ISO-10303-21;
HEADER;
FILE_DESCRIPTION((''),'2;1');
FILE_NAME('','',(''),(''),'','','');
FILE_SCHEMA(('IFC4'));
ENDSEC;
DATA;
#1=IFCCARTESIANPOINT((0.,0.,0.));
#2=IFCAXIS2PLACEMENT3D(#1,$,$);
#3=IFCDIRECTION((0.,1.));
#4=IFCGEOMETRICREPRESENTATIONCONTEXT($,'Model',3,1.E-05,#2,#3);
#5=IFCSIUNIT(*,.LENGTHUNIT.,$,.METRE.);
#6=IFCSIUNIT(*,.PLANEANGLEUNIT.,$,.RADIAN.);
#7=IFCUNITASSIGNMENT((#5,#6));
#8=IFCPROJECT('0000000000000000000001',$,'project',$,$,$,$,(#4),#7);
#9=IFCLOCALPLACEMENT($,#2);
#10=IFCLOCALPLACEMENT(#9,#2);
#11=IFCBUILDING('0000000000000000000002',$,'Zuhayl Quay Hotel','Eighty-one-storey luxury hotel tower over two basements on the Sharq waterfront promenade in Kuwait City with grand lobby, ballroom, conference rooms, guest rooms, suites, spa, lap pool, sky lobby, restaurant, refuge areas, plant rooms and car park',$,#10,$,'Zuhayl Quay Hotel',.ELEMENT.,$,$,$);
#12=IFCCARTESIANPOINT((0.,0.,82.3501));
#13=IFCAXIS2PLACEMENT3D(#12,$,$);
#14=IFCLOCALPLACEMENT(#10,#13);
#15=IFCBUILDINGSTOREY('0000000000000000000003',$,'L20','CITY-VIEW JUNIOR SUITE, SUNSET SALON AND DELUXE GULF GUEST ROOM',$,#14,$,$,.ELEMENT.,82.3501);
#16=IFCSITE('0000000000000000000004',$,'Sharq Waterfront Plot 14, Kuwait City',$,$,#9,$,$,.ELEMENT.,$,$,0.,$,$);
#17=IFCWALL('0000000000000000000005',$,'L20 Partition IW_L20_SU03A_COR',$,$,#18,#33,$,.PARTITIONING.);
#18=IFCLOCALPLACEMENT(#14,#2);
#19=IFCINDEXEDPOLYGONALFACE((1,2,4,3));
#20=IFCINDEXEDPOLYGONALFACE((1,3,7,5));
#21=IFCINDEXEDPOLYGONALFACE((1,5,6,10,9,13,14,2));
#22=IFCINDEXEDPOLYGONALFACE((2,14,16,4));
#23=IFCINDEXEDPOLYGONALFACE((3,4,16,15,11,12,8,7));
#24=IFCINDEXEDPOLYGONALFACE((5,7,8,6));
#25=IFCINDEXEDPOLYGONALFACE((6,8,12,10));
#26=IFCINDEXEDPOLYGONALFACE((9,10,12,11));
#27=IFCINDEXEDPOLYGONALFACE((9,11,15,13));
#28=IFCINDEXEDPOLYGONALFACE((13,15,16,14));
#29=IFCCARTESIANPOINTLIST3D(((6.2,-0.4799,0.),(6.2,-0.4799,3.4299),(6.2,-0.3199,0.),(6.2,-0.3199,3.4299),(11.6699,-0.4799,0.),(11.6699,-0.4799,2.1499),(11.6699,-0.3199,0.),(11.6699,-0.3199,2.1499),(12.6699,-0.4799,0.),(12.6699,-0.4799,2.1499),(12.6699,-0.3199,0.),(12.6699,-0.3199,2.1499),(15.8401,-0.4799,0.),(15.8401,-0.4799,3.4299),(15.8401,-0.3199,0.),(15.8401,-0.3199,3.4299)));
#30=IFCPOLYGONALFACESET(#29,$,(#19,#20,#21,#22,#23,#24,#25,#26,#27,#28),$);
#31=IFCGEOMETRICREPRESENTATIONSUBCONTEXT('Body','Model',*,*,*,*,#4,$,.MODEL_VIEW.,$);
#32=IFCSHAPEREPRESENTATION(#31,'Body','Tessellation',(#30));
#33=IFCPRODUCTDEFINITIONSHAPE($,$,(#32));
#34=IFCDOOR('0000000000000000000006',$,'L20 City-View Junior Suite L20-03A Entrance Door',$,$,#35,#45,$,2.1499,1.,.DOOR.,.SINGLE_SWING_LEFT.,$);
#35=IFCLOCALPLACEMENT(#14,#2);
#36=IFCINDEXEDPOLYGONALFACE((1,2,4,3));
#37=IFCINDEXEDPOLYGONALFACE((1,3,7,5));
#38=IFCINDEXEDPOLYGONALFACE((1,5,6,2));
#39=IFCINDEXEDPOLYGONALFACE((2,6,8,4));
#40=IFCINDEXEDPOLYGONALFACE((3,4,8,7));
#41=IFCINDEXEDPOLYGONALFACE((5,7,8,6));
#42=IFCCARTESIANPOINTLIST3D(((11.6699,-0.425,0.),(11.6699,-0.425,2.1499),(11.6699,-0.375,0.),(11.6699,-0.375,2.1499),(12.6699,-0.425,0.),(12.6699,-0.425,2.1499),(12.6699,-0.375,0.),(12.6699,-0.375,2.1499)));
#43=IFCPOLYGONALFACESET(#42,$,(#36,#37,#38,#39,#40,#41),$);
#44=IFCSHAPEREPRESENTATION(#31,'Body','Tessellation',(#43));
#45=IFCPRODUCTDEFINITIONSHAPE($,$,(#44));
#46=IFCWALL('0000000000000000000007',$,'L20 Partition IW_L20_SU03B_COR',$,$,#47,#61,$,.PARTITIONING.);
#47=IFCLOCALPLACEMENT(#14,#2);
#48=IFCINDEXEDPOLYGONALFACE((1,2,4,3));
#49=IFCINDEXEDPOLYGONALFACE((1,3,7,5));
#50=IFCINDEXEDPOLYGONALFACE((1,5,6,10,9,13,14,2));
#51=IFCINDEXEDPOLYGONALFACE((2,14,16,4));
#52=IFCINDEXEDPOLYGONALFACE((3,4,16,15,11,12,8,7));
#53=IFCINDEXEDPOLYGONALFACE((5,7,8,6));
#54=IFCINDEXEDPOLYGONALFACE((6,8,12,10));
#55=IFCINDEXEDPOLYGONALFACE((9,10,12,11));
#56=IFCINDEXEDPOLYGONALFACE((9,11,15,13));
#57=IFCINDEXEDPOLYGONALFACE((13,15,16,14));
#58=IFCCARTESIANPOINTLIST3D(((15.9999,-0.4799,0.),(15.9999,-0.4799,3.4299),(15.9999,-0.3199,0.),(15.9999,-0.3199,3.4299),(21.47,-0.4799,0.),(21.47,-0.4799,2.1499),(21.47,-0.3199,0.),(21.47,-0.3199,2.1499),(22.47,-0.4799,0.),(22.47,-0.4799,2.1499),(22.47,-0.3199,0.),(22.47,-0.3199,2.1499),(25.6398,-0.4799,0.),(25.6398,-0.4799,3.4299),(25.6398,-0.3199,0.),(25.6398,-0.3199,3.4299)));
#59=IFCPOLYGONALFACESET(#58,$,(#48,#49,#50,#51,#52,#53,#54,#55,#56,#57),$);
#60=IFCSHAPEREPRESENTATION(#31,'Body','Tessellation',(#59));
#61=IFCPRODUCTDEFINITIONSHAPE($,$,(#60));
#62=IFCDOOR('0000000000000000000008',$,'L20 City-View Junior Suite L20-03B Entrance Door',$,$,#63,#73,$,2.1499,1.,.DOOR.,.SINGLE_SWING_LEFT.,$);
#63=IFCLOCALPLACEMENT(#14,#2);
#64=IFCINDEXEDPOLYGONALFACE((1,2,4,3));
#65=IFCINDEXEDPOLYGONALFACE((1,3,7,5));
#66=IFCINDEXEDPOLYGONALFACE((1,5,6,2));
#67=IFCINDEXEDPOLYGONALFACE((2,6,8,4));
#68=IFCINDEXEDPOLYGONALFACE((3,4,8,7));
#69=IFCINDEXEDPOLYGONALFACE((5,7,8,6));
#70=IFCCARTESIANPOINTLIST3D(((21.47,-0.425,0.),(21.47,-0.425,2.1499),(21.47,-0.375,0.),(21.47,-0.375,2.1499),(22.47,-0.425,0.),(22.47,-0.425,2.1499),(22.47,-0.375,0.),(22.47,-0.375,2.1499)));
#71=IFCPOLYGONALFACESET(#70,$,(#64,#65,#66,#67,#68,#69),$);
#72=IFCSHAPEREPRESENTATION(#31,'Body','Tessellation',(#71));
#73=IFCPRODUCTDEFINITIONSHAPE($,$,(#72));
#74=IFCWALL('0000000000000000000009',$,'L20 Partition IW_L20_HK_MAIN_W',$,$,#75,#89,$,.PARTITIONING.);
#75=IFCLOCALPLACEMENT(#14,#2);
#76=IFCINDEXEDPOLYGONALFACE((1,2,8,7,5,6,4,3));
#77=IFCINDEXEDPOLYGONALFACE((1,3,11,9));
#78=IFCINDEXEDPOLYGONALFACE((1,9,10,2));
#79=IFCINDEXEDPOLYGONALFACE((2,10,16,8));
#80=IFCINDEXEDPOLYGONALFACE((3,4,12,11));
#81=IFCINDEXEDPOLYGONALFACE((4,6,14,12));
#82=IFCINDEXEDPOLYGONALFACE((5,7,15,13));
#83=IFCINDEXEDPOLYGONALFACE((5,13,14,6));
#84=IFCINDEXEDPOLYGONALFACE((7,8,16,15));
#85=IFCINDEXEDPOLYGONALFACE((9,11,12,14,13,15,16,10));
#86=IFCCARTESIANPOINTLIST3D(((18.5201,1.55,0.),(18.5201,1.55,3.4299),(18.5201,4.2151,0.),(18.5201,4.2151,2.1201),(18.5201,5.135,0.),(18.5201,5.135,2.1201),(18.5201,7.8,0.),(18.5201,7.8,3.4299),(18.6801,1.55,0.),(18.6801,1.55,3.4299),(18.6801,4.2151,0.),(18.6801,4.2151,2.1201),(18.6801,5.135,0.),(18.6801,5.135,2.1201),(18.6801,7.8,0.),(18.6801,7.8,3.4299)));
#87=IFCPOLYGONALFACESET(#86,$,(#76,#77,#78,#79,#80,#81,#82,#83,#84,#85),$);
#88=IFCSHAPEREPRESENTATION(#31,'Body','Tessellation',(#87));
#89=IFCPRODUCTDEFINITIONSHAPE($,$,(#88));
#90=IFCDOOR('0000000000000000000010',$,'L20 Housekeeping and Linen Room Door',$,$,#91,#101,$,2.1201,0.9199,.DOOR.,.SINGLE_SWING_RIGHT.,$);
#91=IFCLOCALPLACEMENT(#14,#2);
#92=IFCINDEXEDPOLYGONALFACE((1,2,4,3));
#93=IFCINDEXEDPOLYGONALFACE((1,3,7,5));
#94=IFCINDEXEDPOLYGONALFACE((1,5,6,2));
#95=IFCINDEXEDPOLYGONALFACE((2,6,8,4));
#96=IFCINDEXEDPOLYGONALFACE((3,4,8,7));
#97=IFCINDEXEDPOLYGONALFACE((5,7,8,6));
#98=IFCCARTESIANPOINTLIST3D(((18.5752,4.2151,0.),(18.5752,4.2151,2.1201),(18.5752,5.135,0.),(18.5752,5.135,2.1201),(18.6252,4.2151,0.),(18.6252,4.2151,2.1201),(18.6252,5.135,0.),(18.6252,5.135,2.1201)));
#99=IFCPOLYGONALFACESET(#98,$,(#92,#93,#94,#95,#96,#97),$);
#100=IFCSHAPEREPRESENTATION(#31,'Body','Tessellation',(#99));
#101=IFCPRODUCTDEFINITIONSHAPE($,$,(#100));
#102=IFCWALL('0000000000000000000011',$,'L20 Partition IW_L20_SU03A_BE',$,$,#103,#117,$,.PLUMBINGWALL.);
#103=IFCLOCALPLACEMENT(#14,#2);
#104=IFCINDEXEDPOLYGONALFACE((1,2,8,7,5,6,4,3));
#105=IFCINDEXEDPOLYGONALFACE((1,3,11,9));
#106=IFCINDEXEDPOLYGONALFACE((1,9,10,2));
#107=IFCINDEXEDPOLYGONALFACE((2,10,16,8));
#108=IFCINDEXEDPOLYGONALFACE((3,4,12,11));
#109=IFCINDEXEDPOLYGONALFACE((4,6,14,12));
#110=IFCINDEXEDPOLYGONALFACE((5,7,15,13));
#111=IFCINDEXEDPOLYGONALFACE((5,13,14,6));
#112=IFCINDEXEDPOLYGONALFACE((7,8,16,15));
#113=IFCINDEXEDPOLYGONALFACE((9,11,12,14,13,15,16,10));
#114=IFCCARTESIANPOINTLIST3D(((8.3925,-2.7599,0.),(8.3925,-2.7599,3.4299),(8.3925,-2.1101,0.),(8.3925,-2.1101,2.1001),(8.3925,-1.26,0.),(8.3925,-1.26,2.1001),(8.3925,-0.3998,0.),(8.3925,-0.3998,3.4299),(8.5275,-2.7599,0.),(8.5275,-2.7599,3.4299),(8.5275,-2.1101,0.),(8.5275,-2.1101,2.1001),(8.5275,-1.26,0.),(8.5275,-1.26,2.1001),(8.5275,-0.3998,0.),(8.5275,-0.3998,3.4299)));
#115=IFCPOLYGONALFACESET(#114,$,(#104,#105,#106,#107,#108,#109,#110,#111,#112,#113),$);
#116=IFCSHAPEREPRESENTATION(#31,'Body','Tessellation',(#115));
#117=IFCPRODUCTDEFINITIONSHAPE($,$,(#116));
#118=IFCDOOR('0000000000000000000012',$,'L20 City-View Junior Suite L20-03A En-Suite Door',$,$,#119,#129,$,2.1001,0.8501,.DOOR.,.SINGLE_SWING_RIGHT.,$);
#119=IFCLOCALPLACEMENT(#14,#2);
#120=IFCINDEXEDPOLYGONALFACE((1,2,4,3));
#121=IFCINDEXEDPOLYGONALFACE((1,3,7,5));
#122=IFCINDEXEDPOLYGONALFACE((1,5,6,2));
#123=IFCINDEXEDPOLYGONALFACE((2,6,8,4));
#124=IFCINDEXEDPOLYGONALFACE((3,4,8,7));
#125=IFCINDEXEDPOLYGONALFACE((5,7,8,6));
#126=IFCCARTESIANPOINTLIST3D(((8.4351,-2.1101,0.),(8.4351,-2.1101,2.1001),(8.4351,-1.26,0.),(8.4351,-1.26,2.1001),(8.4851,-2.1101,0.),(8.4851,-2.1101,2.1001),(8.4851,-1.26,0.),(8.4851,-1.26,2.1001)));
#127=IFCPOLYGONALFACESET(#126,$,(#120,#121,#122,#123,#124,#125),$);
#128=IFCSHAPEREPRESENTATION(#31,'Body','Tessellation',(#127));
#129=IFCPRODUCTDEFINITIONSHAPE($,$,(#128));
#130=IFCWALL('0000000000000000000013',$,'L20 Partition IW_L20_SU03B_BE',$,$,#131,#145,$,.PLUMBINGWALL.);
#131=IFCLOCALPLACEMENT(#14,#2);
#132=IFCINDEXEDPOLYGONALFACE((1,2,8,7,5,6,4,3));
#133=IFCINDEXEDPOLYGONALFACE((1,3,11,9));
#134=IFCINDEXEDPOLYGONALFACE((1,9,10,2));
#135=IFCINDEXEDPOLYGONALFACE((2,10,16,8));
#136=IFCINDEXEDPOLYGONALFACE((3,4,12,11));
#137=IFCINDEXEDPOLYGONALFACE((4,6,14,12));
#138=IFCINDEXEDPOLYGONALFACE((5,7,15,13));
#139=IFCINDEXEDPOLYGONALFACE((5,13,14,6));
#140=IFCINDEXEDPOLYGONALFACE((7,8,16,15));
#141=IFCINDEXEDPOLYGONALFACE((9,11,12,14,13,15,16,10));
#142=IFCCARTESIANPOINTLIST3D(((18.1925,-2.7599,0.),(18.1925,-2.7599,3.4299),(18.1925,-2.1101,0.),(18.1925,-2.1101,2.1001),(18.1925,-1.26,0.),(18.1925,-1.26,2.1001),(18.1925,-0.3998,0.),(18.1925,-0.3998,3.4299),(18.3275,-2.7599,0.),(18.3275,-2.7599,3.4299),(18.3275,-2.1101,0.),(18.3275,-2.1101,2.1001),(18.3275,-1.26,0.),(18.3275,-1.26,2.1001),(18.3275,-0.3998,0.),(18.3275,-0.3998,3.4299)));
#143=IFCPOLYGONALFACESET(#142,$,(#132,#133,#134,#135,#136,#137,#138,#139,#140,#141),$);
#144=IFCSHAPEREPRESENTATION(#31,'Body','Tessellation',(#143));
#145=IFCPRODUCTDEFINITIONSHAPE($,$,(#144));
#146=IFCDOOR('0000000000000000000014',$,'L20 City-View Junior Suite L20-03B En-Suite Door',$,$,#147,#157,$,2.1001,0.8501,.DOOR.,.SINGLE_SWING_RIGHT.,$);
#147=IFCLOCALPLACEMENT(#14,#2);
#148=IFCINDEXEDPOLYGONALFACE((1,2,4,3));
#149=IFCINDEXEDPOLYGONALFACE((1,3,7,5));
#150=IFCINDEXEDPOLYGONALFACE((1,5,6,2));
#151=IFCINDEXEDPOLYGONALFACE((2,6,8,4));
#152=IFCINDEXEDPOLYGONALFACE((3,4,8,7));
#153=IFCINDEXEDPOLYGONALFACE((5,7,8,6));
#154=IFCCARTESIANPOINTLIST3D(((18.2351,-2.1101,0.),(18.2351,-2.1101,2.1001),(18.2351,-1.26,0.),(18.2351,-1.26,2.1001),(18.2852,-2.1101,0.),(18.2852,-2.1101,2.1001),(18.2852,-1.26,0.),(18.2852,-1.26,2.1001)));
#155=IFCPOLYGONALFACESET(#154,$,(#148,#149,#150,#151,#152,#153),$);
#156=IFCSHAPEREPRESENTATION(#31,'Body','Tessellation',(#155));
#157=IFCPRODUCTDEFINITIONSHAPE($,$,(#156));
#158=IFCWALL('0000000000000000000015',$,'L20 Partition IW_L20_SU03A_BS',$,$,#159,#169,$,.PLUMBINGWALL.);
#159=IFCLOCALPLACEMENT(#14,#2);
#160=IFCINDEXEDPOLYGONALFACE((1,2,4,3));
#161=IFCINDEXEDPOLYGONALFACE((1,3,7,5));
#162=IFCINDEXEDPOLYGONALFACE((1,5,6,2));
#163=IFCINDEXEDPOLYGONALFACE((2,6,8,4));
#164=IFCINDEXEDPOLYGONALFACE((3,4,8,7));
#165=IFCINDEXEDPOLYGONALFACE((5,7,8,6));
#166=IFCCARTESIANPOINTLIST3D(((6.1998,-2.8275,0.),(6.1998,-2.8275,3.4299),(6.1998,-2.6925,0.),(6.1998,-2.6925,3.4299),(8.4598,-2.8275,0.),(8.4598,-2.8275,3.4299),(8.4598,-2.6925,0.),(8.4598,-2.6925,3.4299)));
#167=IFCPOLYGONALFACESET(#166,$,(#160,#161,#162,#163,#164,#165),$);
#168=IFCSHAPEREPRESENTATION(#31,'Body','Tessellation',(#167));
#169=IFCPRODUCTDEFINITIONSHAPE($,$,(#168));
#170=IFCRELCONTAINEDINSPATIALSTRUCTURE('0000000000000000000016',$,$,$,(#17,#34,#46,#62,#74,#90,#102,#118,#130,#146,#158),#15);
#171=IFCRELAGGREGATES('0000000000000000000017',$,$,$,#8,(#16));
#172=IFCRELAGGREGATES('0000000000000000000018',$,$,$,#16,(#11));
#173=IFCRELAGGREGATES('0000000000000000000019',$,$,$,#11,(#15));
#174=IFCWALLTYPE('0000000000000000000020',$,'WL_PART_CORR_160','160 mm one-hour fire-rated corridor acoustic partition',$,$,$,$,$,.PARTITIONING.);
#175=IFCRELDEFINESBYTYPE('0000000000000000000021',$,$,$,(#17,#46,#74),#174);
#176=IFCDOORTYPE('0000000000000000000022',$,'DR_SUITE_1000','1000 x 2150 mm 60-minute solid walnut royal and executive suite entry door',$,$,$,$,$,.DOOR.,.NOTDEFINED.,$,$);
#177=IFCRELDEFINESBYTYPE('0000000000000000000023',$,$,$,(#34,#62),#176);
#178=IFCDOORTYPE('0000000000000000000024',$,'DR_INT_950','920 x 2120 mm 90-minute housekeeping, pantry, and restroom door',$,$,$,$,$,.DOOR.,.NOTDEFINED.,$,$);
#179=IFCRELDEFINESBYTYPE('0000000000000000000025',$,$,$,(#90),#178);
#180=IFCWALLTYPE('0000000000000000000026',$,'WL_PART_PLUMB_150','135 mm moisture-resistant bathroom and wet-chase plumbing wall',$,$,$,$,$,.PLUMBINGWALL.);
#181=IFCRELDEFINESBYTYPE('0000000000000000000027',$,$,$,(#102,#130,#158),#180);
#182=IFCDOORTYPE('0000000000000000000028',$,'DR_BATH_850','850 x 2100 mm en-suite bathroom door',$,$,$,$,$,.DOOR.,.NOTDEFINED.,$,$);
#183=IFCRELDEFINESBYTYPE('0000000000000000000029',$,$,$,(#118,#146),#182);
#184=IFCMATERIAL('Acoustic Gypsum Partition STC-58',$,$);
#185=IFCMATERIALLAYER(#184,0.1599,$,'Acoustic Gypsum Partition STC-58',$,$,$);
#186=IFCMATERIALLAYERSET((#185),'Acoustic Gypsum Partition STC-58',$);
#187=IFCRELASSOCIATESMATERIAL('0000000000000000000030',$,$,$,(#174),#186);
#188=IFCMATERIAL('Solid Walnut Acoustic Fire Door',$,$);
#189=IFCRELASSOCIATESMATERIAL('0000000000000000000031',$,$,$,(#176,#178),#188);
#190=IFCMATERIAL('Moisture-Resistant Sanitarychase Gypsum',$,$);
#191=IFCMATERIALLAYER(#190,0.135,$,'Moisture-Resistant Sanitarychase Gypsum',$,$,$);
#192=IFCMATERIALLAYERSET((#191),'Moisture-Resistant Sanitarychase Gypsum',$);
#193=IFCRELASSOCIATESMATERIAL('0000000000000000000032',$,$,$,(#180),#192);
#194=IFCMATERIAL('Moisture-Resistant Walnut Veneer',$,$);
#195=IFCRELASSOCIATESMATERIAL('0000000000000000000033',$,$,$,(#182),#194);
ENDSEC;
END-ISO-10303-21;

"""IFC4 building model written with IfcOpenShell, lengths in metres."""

from ifc_helpers import new_model, si_unit, direction, frame, frame_2d, origin, place, context, subcontext, project, spatial, rectangle, extrude, material, layer, layer_set, type_object, element, fill, save


model = new_model("IFC4")

# Units and contexts
model_context = context("Model", 3, precision=1e-05, world=origin(), true_north=direction((0.0, 1.0)))
body_context = subcontext(model_context, "Body", "Model", "MODEL_VIEW")
ifc_project = project(units=[si_unit("LENGTHUNIT", "METRE"), si_unit("PLANEANGLEUNIT", "RADIAN")], contexts=[model_context])

# Site, building, storey
site_placement = place(None, origin())
site = spatial("IfcSite", under=ifc_project, at=site_placement, Name="Sharq Waterfront Plot 14, Kuwait City", CompositionType="ELEMENT", RefElevation=0.0)
building_placement = place(site_placement, origin())
building = spatial("IfcBuilding", under=site, at=building_placement, Name="Zuhayl Quay Hotel", Description="Eighty-one-storey luxury hotel tower over two basements on the Sharq waterfront promenade in Kuwait City with grand lobby, ballroom, conference rooms, guest rooms, suites, spa, lap pool, sky lobby, restaurant, refuge areas, plant rooms and car park", LongName="Zuhayl Quay Hotel", CompositionType="ELEMENT")
storey_placement = place(building_placement, frame((0.0, 0.0, 82.3501)))
storey = spatial("IfcBuildingStorey", under=building, at=storey_placement, Name="L20", Description="CITY-VIEW JUNIOR SUITE, SUNSET SALON AND DELUXE GULF GUEST ROOM", CompositionType="ELEMENT", Elevation=82.3501)

# Shared definitions
ifc_material_1 = material(Name="Acoustic Gypsum Partition STC-58")

# Walls, openings, doors
ifc_layer_1 = layer(ifc_material_1, 0.1599, Name="Acoustic Gypsum Partition STC-58")
ifc_layer_set_1 = layer_set([ifc_layer_1], Name="Acoustic Gypsum Partition STC-58")
wall_type_1 = type_object("IfcWallType", Name="WL_PART_CORR_160", Description="160 mm one-hour fire-rated corridor acoustic partition", PredefinedType="PARTITIONING", material=ifc_layer_set_1)
wall_1_placement = place(storey_placement, frame((6.2, -0.3999, 0.0), z_axis=(0.0, 0.0, 1.0), x_axis=(1.0, 0.0, 0.0)))
wall_1 = element("IfcWall", 1, at=wall_1_placement, inside=storey, type_object=wall_type_1, Name="L20 Partition IW_L20_SU03A_COR", PredefinedType="PARTITIONING", context=body_context, shape_type="SweptSolid", body=[
    extrude(rectangle(XDim=9.6401, YDim=0.1599, at=frame_2d((4.8201, 0.0))), origin(), (0.0, 0.0, 1.0), 3.4299),
])
opening_1_placement = place(wall_1_placement, frame((5.47, 0.0, 0.0)))
opening_1 = element("IfcOpeningElement", 2, at=opening_1_placement, cuts=wall_1, PredefinedType="OPENING", context=body_context, shape_type="SweptSolid", body=[
    extrude(rectangle(XDim=1.0, YDim=2.1499, at=frame_2d((0.5, 1.075))), frame((0.0, 0.0898, 0.0), z_axis=(0.0, -1.0, 0.0), x_axis=(1.0, 0.0, 0.0)), (0.0, 0.0, 1.0), 0.1799),
])
ifc_material_2 = material(Name="Solid Walnut Acoustic Fire Door")
door_type_1 = type_object("IfcDoorType", Name="DR_SUITE_1000", Description="1000 x 2150 mm 60-minute solid walnut royal and executive suite entry door", OperationType="NOTDEFINED", PredefinedType="DOOR", material=ifc_material_2)
door_1_placement = place(opening_1_placement, origin())
door_1 = element("IfcDoor", 3, at=door_1_placement, inside=storey, type_object=door_type_1, Name="L20 City-View Junior Suite L20-03A Entrance Door", OperationType="SINGLE_SWING_LEFT", OverallHeight=2.1499, OverallWidth=1.0, PredefinedType="DOOR", context=body_context, shape_type="SweptSolid", body=[
    extrude(rectangle(XDim=1.0, YDim=2.1499, at=frame_2d((0.5, 1.075))), frame((0.0, 0.0249, 0.0), z_axis=(0.0, -1.0, 0.0), x_axis=(1.0, 0.0, 0.0)), (0.0, 0.0, 1.0), 0.05),
])
fill(opening_1, door_1)
wall_2_placement = place(storey_placement, frame((16.0, -0.3999, 0.0), z_axis=(0.0, 0.0, 1.0), x_axis=(1.0, 0.0, 0.0)))
wall_2 = element("IfcWall", 4, at=wall_2_placement, inside=storey, type_object=wall_type_1, Name="L20 Partition IW_L20_SU03B_COR", PredefinedType="PARTITIONING", context=body_context, shape_type="SweptSolid", body=[
    extrude(rectangle(XDim=9.6399, YDim=0.1599, at=frame_2d((4.8198, 0.0))), origin(), (0.0, 0.0, 1.0), 3.4299),
])
opening_2_placement = place(wall_2_placement, frame((5.47, 0.0, 0.0)))
opening_2 = element("IfcOpeningElement", 5, at=opening_2_placement, cuts=wall_2, PredefinedType="OPENING", context=body_context, shape_type="SweptSolid", body=[
    extrude(rectangle(XDim=1.0, YDim=2.1499, at=frame_2d((0.5, 1.075))), frame((0.0, 0.0898, 0.0), z_axis=(0.0, -1.0, 0.0), x_axis=(1.0, 0.0, 0.0)), (0.0, 0.0, 1.0), 0.1799),
])
door_2_placement = place(opening_2_placement, origin())
door_2 = element("IfcDoor", 6, at=door_2_placement, inside=storey, type_object=door_type_1, Name="L20 City-View Junior Suite L20-03B Entrance Door", OperationType="SINGLE_SWING_LEFT", OverallHeight=2.1499, OverallWidth=1.0, PredefinedType="DOOR", context=body_context, shape_type="SweptSolid", body=[
    extrude(rectangle(XDim=1.0, YDim=2.1499, at=frame_2d((0.5, 1.075))), frame((0.0, 0.0249, 0.0), z_axis=(0.0, -1.0, 0.0), x_axis=(1.0, 0.0, 0.0)), (0.0, 0.0, 1.0), 0.05),
])
fill(opening_2, door_2)
wall_3_placement = place(storey_placement, frame((18.6001, 1.55, 0.0), z_axis=(0.0, 0.0, 1.0), x_axis=(0.0, 1.0, 0.0)))
wall_3 = element("IfcWall", 7, at=wall_3_placement, inside=storey, type_object=wall_type_1, Name="L20 Partition IW_L20_HK_MAIN_W", PredefinedType="PARTITIONING", context=body_context, shape_type="SweptSolid", body=[
    extrude(rectangle(XDim=6.25, YDim=0.1599, at=frame_2d((3.125, 0.0))), origin(), (0.0, 0.0, 1.0), 3.4299),
])
opening_3_placement = place(wall_3_placement, frame((2.665, 0.0, 0.0)))
opening_3 = element("IfcOpeningElement", 8, at=opening_3_placement, cuts=wall_3, PredefinedType="OPENING", context=body_context, shape_type="SweptSolid", body=[
    extrude(rectangle(XDim=0.9199, YDim=2.1201, at=frame_2d((0.46, 1.0601))), frame((0.0, 0.0898, 0.0), z_axis=(0.0, -1.0, 0.0), x_axis=(1.0, 0.0, 0.0)), (0.0, 0.0, 1.0), 0.1799),
])
door_type_2 = type_object("IfcDoorType", Name="DR_INT_950", Description="920 x 2120 mm 90-minute housekeeping, pantry, and restroom door", OperationType="NOTDEFINED", PredefinedType="DOOR", material=ifc_material_2)
door_3_placement = place(opening_3_placement, origin())
door_3 = element("IfcDoor", 9, at=door_3_placement, inside=storey, type_object=door_type_2, Name="L20 Housekeeping and Linen Room Door", OperationType="SINGLE_SWING_RIGHT", OverallHeight=2.1201, OverallWidth=0.9199, PredefinedType="DOOR", context=body_context, shape_type="SweptSolid", body=[
    extrude(rectangle(XDim=0.9199, YDim=2.1201, at=frame_2d((0.46, 1.0601))), frame((0.0, 0.0249, 0.0), z_axis=(0.0, -1.0, 0.0), x_axis=(1.0, 0.0, 0.0)), (0.0, 0.0, 1.0), 0.05),
])
fill(opening_3, door_3)
ifc_material_3 = material(Name="Moisture-Resistant Sanitarychase Gypsum")
ifc_layer_2 = layer(ifc_material_3, 0.135, Name="Moisture-Resistant Sanitarychase Gypsum")
ifc_layer_set_2 = layer_set([ifc_layer_2], Name="Moisture-Resistant Sanitarychase Gypsum")
wall_type_2 = type_object("IfcWallType", Name="WL_PART_PLUMB_150", Description="135 mm moisture-resistant bathroom and wet-chase plumbing wall", PredefinedType="PLUMBINGWALL", material=ifc_layer_set_2)
wall_4_placement = place(storey_placement, frame((8.46, -2.76, 0.0), z_axis=(0.0, 0.0, 1.0), x_axis=(0.0, 1.0, 0.0)))
wall_4 = element("IfcWall", 10, at=wall_4_placement, inside=storey, type_object=wall_type_2, Name="L20 Partition IW_L20_SU03A_BE", PredefinedType="PLUMBINGWALL", context=body_context, shape_type="SweptSolid", body=[
    extrude(rectangle(XDim=2.3601, YDim=0.135, at=frame_2d((1.1802, 0.0))), origin(), (0.0, 0.0, 1.0), 3.4299),
])
opening_4_placement = place(wall_4_placement, frame((0.6499, 0.0, 0.0)))
opening_4 = element("IfcOpeningElement", 11, at=opening_4_placement, cuts=wall_4, PredefinedType="OPENING", context=body_context, shape_type="SweptSolid", body=[
    extrude(rectangle(XDim=0.8501, YDim=2.1001, at=frame_2d((0.425, 1.05))), frame((0.0, 0.0774, 0.0), z_axis=(0.0, -1.0, 0.0), x_axis=(1.0, 0.0, 0.0)), (0.0, 0.0, 1.0), 0.155),
])
ifc_material_4 = material(Name="Moisture-Resistant Walnut Veneer")
door_type_3 = type_object("IfcDoorType", Name="DR_BATH_850", Description="850 x 2100 mm en-suite bathroom door", OperationType="NOTDEFINED", PredefinedType="DOOR", material=ifc_material_4)
door_4_placement = place(opening_4_placement, origin())
door_4 = element("IfcDoor", 12, at=door_4_placement, inside=storey, type_object=door_type_3, Name="L20 City-View Junior Suite L20-03A En-Suite Door", OperationType="SINGLE_SWING_RIGHT", OverallHeight=2.1001, OverallWidth=0.8501, PredefinedType="DOOR", context=body_context, shape_type="SweptSolid", body=[
    extrude(rectangle(XDim=0.8501, YDim=2.1001, at=frame_2d((0.425, 1.05))), frame((0.0, 0.0249, 0.0), z_axis=(0.0, -1.0, 0.0), x_axis=(1.0, 0.0, 0.0)), (0.0, 0.0, 1.0), 0.05),
])
fill(opening_4, door_4)
wall_5_placement = place(storey_placement, frame((18.26, -2.76, 0.0), z_axis=(0.0, 0.0, 1.0), x_axis=(0.0, 1.0, 0.0)))
wall_5 = element("IfcWall", 13, at=wall_5_placement, inside=storey, type_object=wall_type_2, Name="L20 Partition IW_L20_SU03B_BE", PredefinedType="PLUMBINGWALL", context=body_context, shape_type="SweptSolid", body=[
    extrude(rectangle(XDim=2.3601, YDim=0.135, at=frame_2d((1.1802, 0.0))), origin(), (0.0, 0.0, 1.0), 3.4299),
])
opening_5_placement = place(wall_5_placement, frame((0.6499, 0.0, 0.0)))
opening_5 = element("IfcOpeningElement", 14, at=opening_5_placement, cuts=wall_5, PredefinedType="OPENING", context=body_context, shape_type="SweptSolid", body=[
    extrude(rectangle(XDim=0.8501, YDim=2.1001, at=frame_2d((0.425, 1.05))), frame((0.0, 0.0774, 0.0), z_axis=(0.0, -1.0, 0.0), x_axis=(1.0, 0.0, 0.0)), (0.0, 0.0, 1.0), 0.155),
])
door_5_placement = place(opening_5_placement, origin())
door_5 = element("IfcDoor", 15, at=door_5_placement, inside=storey, type_object=door_type_3, Name="L20 City-View Junior Suite L20-03B En-Suite Door", OperationType="SINGLE_SWING_RIGHT", OverallHeight=2.1001, OverallWidth=0.8501, PredefinedType="DOOR", context=body_context, shape_type="SweptSolid", body=[
    extrude(rectangle(XDim=0.8501, YDim=2.1001, at=frame_2d((0.425, 1.05))), frame((0.0, 0.0249, 0.0), z_axis=(0.0, -1.0, 0.0), x_axis=(1.0, 0.0, 0.0)), (0.0, 0.0, 1.0), 0.05),
])
fill(opening_5, door_5)

# Wall
for number, where, z_axis, x_axis, name in (
    (16, (6.2, -2.76, 0.0), (0.0, 0.0, 1.0), (1.0, 0.0, 0.0), "L20 Partition IW_L20_SU03A_BS"),
):
    element("IfcWall", number, at=place(storey_placement, frame(where, z_axis=z_axis, x_axis=x_axis)), inside=storey, type_object=wall_type_2, Name=name, PredefinedType="PLUMBINGWALL", context=body_context, shape_type="SweptSolid", body=[
        extrude(rectangle(XDim=2.26, YDim=0.135, at=frame_2d((1.1299, 0.0))), origin(), (0.0, 0.0, 1.0), 3.4299),
    ])

save(model, "model.ifc")
